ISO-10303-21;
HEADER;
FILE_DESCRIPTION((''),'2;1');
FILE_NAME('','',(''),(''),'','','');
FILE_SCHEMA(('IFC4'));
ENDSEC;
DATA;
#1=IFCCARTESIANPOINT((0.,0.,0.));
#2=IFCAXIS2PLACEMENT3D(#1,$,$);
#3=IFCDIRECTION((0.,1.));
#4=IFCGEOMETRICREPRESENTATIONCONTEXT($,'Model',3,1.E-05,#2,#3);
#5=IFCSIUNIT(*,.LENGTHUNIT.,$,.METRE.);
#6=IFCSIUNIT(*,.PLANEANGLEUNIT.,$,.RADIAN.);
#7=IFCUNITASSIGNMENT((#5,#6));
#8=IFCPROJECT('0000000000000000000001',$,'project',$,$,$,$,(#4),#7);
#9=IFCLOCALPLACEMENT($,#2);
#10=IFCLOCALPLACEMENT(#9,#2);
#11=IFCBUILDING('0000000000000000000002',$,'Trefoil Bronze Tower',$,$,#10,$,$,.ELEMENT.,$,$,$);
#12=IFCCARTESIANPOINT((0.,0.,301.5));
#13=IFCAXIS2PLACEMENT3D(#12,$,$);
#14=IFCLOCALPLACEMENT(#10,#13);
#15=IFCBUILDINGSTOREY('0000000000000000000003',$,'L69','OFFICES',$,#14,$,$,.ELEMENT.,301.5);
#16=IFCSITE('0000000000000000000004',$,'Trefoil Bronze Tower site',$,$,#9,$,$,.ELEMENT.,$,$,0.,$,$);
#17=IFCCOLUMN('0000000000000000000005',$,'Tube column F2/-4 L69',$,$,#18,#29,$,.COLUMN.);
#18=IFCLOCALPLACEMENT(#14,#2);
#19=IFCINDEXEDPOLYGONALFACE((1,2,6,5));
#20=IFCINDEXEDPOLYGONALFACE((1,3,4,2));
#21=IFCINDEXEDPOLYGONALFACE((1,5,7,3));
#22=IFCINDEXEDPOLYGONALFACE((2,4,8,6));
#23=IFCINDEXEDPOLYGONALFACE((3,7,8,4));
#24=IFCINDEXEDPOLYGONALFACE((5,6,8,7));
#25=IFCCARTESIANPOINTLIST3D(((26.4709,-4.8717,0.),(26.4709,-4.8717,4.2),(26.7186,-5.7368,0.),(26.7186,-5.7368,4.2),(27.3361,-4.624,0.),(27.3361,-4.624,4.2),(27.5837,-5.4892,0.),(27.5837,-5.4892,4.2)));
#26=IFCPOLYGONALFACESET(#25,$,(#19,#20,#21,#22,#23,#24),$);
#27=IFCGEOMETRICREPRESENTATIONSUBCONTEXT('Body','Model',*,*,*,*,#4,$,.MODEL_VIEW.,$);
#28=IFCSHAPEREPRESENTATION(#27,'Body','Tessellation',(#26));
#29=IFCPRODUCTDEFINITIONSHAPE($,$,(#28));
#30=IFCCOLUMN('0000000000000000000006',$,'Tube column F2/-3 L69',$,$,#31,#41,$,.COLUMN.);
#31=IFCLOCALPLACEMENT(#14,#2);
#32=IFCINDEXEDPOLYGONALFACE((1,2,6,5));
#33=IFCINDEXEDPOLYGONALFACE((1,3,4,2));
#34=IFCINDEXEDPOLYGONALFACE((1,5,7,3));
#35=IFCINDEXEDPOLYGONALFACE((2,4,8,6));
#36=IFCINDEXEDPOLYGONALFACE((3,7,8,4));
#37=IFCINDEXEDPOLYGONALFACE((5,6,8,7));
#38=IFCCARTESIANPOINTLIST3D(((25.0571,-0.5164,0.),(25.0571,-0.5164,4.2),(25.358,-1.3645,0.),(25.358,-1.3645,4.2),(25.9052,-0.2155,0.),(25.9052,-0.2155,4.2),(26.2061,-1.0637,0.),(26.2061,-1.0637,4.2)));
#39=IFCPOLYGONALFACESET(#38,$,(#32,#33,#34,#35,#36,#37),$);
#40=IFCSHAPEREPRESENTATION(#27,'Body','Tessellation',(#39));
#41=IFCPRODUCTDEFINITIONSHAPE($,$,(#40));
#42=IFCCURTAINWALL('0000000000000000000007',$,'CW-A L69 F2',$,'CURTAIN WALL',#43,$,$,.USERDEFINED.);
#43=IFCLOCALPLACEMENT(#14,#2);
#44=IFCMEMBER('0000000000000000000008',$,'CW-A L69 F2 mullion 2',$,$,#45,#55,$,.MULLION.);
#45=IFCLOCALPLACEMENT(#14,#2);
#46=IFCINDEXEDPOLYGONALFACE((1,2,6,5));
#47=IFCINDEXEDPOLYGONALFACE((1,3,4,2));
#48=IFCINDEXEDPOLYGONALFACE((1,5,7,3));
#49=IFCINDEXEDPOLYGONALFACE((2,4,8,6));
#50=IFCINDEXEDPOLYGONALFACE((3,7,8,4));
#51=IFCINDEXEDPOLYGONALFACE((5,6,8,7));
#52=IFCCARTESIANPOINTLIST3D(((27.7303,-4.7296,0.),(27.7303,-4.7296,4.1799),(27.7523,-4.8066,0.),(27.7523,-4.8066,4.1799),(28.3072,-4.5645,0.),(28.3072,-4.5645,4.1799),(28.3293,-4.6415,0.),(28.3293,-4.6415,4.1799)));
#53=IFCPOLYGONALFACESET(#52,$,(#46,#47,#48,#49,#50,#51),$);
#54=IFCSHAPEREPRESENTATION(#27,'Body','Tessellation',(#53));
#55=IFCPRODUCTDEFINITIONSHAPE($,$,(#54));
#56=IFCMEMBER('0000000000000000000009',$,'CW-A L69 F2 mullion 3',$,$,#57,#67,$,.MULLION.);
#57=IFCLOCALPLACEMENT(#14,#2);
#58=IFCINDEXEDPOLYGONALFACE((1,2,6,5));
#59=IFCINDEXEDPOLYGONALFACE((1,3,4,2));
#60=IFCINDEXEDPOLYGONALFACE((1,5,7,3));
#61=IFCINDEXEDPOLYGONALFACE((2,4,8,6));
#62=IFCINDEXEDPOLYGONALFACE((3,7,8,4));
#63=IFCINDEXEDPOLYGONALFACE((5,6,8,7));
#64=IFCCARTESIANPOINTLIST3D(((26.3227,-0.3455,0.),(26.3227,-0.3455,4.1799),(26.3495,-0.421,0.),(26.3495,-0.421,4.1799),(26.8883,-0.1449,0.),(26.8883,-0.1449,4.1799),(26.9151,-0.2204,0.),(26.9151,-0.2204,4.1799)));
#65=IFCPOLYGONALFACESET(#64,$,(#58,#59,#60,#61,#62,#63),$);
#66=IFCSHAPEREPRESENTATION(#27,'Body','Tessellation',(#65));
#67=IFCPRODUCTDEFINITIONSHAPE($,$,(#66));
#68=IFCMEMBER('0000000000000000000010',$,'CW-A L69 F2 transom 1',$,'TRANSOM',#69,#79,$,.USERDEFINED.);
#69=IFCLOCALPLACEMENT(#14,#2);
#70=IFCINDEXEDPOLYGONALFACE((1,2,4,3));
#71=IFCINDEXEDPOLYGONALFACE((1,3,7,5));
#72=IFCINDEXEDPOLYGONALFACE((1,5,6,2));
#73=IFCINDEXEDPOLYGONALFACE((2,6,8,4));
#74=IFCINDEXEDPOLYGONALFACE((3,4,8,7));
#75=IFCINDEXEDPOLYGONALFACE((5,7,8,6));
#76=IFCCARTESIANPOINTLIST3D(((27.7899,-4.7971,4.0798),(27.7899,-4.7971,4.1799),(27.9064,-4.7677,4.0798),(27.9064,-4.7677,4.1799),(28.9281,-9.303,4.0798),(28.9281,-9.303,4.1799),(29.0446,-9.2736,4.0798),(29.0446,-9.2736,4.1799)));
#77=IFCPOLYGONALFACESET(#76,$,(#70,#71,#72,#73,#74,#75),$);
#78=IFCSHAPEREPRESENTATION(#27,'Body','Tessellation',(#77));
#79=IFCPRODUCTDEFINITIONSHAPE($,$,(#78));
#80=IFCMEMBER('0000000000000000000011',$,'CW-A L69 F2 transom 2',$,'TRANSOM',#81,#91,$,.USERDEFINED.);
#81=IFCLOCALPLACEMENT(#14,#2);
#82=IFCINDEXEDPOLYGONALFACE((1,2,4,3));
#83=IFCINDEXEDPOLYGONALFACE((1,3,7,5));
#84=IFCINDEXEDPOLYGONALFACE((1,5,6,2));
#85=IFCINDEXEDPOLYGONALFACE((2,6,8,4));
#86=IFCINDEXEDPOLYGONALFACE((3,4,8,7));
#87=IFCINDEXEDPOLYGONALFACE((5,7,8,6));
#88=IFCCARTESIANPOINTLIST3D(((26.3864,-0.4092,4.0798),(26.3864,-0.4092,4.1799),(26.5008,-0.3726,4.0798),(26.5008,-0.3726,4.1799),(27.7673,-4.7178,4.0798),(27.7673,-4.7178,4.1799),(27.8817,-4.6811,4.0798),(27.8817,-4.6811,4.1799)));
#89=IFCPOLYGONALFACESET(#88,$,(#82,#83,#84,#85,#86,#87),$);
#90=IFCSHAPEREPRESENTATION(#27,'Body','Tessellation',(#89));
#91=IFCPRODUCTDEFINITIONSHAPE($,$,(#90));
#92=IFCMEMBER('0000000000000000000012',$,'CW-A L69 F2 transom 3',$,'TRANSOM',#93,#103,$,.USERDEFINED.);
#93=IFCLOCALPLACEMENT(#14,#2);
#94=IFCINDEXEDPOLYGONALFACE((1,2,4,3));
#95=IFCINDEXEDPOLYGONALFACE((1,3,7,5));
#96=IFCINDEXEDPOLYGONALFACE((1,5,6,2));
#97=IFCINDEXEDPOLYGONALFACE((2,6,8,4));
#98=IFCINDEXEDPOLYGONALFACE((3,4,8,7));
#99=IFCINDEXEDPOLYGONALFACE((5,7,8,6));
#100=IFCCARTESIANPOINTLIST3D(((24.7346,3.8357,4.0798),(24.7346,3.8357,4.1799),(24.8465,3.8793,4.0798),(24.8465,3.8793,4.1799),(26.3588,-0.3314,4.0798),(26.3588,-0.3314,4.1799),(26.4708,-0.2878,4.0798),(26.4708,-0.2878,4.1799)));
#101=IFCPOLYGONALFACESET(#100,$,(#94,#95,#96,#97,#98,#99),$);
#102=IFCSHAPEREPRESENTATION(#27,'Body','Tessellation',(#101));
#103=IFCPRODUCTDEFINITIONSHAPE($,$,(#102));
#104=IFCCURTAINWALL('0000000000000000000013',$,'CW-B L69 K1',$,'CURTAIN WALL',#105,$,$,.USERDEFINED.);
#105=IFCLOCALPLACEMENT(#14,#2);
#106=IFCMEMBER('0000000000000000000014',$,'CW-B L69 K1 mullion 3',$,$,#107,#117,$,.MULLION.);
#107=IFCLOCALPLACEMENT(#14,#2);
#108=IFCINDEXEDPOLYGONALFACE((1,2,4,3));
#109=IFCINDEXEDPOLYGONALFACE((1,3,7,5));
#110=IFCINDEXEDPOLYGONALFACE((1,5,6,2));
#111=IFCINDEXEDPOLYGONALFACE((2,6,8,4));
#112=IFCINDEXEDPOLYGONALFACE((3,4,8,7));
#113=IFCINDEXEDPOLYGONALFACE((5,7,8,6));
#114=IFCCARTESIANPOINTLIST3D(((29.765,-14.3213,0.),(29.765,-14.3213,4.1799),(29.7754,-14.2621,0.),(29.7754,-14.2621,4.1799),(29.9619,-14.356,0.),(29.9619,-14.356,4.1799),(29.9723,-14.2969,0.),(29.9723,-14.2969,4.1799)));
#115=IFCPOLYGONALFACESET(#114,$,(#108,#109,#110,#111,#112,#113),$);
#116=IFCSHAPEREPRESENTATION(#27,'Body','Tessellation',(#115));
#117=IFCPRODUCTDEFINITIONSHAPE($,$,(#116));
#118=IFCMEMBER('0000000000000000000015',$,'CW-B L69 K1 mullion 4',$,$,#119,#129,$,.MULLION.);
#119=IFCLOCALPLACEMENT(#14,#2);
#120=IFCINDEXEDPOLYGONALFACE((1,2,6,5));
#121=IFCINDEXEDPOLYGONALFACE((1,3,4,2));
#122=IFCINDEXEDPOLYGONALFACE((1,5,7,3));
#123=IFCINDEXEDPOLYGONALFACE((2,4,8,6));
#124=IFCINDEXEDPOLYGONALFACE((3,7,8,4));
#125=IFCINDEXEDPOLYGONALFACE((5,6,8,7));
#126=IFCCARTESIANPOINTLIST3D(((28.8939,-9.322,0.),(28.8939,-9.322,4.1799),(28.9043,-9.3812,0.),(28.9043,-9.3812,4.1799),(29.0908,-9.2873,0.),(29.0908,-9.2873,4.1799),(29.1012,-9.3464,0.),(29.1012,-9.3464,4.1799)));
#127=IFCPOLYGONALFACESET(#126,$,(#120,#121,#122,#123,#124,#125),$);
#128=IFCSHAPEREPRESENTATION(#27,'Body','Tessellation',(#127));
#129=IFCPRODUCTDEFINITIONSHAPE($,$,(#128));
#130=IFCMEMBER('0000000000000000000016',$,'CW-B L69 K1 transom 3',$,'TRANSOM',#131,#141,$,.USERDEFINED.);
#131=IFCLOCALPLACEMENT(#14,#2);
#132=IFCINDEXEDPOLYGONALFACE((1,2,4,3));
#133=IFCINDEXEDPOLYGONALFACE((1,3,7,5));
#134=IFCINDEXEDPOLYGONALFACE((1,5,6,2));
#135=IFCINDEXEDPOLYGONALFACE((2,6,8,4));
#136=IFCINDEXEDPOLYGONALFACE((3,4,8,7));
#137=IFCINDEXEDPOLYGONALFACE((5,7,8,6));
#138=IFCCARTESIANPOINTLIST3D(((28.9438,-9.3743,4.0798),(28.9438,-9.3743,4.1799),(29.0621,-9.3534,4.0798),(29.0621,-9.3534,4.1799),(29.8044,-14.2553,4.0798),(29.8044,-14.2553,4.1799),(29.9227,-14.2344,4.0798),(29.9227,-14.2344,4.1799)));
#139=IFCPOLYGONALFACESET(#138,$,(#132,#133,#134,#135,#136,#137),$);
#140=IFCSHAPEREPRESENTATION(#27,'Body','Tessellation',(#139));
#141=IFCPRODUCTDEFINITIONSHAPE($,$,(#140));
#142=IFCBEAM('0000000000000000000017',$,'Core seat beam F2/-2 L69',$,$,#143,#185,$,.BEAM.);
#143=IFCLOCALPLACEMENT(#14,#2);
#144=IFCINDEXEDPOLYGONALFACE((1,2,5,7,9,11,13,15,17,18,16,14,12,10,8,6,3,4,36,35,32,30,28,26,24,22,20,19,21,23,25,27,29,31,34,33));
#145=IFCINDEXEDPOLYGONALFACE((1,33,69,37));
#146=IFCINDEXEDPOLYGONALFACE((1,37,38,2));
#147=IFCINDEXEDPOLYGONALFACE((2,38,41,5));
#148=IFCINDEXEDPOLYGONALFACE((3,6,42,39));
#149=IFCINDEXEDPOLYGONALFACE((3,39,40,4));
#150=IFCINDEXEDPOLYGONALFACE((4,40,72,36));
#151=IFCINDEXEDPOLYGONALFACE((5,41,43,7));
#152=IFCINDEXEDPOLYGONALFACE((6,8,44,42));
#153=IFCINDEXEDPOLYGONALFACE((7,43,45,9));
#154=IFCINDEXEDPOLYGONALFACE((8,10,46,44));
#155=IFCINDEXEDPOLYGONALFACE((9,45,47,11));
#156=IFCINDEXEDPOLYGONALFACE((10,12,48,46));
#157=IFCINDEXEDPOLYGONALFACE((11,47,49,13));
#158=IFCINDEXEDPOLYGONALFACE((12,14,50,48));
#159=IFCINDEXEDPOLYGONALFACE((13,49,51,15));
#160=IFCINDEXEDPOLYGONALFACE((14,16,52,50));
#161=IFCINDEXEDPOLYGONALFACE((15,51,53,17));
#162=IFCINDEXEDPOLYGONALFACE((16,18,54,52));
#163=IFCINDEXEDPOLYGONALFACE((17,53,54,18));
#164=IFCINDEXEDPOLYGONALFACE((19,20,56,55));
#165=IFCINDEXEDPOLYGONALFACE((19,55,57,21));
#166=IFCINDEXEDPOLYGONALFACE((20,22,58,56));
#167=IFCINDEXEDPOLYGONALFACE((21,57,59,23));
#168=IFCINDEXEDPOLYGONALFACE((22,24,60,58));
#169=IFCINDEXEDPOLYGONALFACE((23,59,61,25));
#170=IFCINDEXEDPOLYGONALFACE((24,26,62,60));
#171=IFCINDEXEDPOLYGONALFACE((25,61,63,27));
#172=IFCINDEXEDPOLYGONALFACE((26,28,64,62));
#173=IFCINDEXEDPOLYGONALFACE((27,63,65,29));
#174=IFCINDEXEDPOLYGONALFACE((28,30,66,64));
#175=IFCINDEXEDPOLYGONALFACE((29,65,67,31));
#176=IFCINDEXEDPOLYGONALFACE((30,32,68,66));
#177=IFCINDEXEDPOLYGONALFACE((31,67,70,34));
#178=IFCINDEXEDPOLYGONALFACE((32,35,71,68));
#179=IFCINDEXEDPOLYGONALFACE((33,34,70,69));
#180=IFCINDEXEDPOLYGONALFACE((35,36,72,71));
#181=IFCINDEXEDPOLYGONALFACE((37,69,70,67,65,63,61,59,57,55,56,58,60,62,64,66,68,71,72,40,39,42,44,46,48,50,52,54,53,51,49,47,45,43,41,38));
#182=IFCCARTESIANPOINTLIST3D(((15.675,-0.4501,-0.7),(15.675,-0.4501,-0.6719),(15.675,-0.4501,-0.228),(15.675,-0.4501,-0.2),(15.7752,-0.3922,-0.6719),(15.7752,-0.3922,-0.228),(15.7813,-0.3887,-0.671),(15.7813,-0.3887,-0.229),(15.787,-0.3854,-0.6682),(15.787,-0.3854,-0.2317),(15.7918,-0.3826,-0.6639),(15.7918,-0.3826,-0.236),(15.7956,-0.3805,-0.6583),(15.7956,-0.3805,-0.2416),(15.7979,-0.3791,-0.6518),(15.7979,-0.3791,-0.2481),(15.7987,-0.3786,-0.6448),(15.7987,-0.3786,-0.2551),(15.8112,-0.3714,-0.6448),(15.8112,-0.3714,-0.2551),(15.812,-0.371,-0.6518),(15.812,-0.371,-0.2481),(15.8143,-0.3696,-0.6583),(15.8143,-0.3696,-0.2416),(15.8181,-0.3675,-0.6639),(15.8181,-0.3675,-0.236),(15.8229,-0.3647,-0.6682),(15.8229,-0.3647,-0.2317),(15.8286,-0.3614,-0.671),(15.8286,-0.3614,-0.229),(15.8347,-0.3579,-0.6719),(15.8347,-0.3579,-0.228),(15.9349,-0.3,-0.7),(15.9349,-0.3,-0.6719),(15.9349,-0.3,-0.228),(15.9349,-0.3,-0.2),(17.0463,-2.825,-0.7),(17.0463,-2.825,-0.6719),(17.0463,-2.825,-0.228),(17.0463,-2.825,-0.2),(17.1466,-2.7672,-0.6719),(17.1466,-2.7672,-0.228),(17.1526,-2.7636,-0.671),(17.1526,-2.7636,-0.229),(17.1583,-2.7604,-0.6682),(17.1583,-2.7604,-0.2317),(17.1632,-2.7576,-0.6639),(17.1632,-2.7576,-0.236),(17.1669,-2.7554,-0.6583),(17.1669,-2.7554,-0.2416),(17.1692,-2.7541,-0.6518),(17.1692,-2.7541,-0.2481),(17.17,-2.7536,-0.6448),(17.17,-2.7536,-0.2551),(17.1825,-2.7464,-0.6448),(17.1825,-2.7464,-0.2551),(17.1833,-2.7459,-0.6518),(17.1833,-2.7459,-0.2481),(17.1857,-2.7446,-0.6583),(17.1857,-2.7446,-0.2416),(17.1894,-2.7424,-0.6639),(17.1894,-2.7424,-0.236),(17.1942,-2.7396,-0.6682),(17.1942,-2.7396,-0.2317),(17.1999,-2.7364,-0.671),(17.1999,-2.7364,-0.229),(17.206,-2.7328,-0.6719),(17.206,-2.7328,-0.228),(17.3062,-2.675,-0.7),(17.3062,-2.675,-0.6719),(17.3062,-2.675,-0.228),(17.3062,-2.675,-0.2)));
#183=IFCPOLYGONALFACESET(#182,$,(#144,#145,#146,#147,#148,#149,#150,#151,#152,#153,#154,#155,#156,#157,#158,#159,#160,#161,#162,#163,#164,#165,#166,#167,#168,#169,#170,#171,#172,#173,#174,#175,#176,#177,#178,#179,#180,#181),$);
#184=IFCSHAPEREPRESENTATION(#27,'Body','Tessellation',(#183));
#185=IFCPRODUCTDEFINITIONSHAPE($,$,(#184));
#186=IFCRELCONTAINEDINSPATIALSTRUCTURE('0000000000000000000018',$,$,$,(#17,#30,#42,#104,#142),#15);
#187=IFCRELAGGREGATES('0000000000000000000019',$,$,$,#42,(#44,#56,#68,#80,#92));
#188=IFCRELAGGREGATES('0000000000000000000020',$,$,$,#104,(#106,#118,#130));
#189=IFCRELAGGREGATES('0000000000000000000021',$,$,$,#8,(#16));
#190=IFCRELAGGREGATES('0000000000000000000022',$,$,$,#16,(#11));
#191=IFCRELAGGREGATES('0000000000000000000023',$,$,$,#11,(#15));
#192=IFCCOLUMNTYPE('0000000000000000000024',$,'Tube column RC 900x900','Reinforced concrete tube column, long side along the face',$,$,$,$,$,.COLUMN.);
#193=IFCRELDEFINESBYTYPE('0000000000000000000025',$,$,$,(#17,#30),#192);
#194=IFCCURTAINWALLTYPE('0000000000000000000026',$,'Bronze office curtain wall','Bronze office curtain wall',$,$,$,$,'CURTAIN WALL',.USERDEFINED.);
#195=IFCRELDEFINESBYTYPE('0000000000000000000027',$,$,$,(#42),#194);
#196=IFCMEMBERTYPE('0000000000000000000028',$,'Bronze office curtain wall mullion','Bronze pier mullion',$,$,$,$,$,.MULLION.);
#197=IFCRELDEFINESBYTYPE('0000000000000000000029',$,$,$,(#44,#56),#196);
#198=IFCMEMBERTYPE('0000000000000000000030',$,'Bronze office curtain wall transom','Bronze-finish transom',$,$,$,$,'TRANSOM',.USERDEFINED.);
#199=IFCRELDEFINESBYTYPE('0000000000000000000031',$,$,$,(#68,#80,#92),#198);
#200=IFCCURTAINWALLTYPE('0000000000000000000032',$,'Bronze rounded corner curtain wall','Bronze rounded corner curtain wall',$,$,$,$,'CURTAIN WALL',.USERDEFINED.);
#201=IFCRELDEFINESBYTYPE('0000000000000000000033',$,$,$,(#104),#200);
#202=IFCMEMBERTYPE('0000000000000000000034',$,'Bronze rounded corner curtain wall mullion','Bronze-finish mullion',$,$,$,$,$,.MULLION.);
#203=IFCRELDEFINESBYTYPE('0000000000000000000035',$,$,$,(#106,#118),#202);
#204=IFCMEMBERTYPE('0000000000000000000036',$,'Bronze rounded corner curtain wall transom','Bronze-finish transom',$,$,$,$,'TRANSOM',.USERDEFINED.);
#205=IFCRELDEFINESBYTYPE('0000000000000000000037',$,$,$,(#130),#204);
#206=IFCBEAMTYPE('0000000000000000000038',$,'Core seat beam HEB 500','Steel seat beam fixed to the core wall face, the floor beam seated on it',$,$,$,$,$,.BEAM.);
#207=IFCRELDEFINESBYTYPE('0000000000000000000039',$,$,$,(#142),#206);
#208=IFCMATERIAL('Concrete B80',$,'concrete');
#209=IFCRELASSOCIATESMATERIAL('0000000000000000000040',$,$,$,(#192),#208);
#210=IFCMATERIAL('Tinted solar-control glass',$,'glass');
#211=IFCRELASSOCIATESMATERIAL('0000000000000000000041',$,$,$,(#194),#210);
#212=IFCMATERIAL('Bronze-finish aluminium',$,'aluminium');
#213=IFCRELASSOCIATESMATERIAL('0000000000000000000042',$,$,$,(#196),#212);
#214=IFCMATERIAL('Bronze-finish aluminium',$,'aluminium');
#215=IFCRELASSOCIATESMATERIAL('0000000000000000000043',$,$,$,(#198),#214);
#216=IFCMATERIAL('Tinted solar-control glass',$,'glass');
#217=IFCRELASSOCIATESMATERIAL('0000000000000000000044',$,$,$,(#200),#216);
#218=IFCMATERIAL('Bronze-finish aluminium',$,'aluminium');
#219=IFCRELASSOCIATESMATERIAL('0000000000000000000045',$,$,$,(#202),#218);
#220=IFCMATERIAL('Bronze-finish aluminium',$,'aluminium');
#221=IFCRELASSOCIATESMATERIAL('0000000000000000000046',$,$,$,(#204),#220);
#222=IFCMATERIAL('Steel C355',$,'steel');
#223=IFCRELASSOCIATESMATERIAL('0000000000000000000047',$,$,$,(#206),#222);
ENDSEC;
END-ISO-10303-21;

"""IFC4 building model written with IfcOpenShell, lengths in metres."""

from ifc_helpers import new_model, si_unit, direction, frame, origin, origin_2d, place, context, subcontext, project, spatial, rectangle, i_section, extrude, material, material_profile, profile_set, type_object, element, aggregate, save


model = new_model("IFC4")

# Units and contexts
model_context = context("Model", 3, precision=1e-05, world=origin(), true_north=direction((0.0, 1.0)))
body_context = subcontext(model_context, "Body", "Model", "MODEL_VIEW")
ifc_project = project(units=[si_unit("LENGTHUNIT", "METRE"), si_unit("PLANEANGLEUNIT", "RADIAN")], contexts=[model_context])

# Site, building, storey
site_placement = place(None, origin())
site = spatial("IfcSite", under=ifc_project, at=site_placement, Name="Trefoil Bronze Tower site", CompositionType="ELEMENT", RefElevation=0.0)
building_placement = place(site_placement, origin())
building = spatial("IfcBuilding", under=site, at=building_placement, Name="Trefoil Bronze Tower", CompositionType="ELEMENT")
storey_placement = place(building_placement, frame((0.0, 0.0, 301.5)))
storey = spatial("IfcBuildingStorey", under=building, at=storey_placement, Name="L69", Description="OFFICES", CompositionType="ELEMENT", Elevation=301.5)

# Columns
ifc_material_1 = material(Name="Concrete B80", Category="concrete")
ifc_material_profile_1 = material_profile(ifc_material_1, rectangle(XDim=0.8999, YDim=0.8999, at=origin_2d()), Name="RC 900x900")
ifc_profile_set_1 = profile_set([ifc_material_profile_1], Name="Concrete B80")
column_type = type_object("IfcColumnType", Name="Tube column RC 900x900", Description="Reinforced concrete tube column, long side along the face", PredefinedType="COLUMN", material=ifc_profile_set_1)
for number, where, z_axis, x_axis, name in (
    (1, (27.0273, -5.1804, 0.0), (0.0, 0.0, 1.0), (-0.275169, 0.961396, 0.0), "Tube column F2/-4 L69"),
    (2, (25.6316, -0.79, 0.0), (0.0, 0.0, 1.0), (-0.334352, 0.942448, 0.0), "Tube column F2/-3 L69"),
):
    element("IfcColumn", number, at=place(storey_placement, frame(where, z_axis=z_axis, x_axis=x_axis)), inside=storey, type_object=column_type, Name=name, PredefinedType="COLUMN", context=body_context, shape_type="SweptSolid", body=[
        extrude(rectangle(XDim=0.8999, YDim=0.8999, at=origin_2d()), origin(), (0.0, 0.0, 1.0), 4.2),
    ])

# Curtain walls, members
ifc_material_2 = material(Name="Tinted solar-control glass", Category="glass")
curtain_wall_type_1 = type_object("IfcCurtainWallType", Name="Bronze office curtain wall", Description="Bronze office curtain wall", ElementType="CURTAIN WALL", PredefinedType="USERDEFINED", material=ifc_material_2)
curtain_wall_1_placement = place(storey_placement, origin())
curtain_wall_1 = element("IfcCurtainWall", 3, at=curtain_wall_1_placement, inside=storey, type_object=curtain_wall_type_1, Name="CW-A L69 F2", ObjectType="CURTAIN WALL", PredefinedType="USERDEFINED")
ifc_material_3 = material(Name="Bronze-finish aluminium", Category="aluminium")
ifc_material_profile_2 = material_profile(ifc_material_3, rectangle(XDim=0.6001, YDim=0.0801, at=origin_2d()), Name="CW-A mullion")
ifc_profile_set_2 = profile_set([ifc_material_profile_2], Name="Bronze-finish aluminium")
member_type_1 = type_object("IfcMemberType", Name="Bronze office curtain wall mullion", Description="Bronze pier mullion", PredefinedType="MULLION", material=ifc_profile_set_2)
member_1_placement = place(storey_placement, frame((28.0298, -4.6855, 0.0), z_axis=(0.0, 0.0, 1.0), x_axis=(-0.961396, -0.275169, 0.0)))
member_1 = element("IfcMember", 4, at=member_1_placement, type_object=member_type_1, Name="CW-A L69 F2 mullion 2", PredefinedType="MULLION", context=body_context, shape_type="SweptSolid", body=[
    extrude(rectangle(XDim=0.6001, YDim=0.0801, at=origin_2d()), origin(), (0.0, 0.0, 1.0), 4.1799),
])
member_2_placement = place(storey_placement, frame((26.6189, -0.283, 0.0), z_axis=(0.0, 0.0, 1.0), x_axis=(-0.942448, -0.334352, 0.0)))
member_2 = element("IfcMember", 5, at=member_2_placement, type_object=member_type_1, Name="CW-A L69 F2 mullion 3", PredefinedType="MULLION", context=body_context, shape_type="SweptSolid", body=[
    extrude(rectangle(XDim=0.6001, YDim=0.0801, at=origin_2d()), origin(), (0.0, 0.0, 1.0), 4.1799),
])
ifc_material_4 = material(Name="Bronze-finish aluminium", Category="aluminium")
ifc_material_profile_3 = material_profile(ifc_material_4, rectangle(XDim=0.1201, YDim=0.1001, at=origin_2d()), Name="CW-A transom")
ifc_profile_set_3 = profile_set([ifc_material_profile_3], Name="Bronze-finish aluminium")
member_type_2 = type_object("IfcMemberType", Name="Bronze office curtain wall transom", Description="Bronze-finish transom", ElementType="TRANSOM", PredefinedType="USERDEFINED", material=ifc_profile_set_3)
member_3_placement = place(storey_placement, frame((28.9863, -9.2883, 4.1299), z_axis=(-0.244908, 0.969546, 0.0), x_axis=(-0.969546, -0.244908, 0.0)))
member_3 = element("IfcMember", 6, at=member_3_placement, type_object=member_type_2, Name="CW-A L69 F2 transom 1", ObjectType="TRANSOM", PredefinedType="USERDEFINED", context=body_context, shape_type="SweptSolid", body=[
    extrude(rectangle(XDim=0.1201, YDim=0.1001, at=origin_2d()), origin(), (0.0, 0.0, 1.0), 4.6475),
])
member_4_placement = place(storey_placement, frame((27.8245, -4.6995, 4.1299), z_axis=(-0.305199, 0.952289, 0.0), x_axis=(-0.952289, -0.305199, 0.0)))
member_4 = element("IfcMember", 7, at=member_4_placement, type_object=member_type_2, Name="CW-A L69 F2 transom 2", ObjectType="TRANSOM", PredefinedType="USERDEFINED", context=body_context, shape_type="SweptSolid", body=[
    extrude(rectangle(XDim=0.1201, YDim=0.1001, at=origin_2d()), origin(), (0.0, 0.0, 1.0), 4.5244),
])
member_5_placement = place(storey_placement, frame((26.4148, -0.3096, 4.1299), z_axis=(-0.363178, 0.93172, 0.0), x_axis=(-0.93172, -0.363178, 0.0)))
member_5 = element("IfcMember", 8, at=member_5_placement, type_object=member_type_2, Name="CW-A L69 F2 transom 3", ObjectType="TRANSOM", PredefinedType="USERDEFINED", context=body_context, shape_type="SweptSolid", body=[
    extrude(rectangle(XDim=0.1201, YDim=0.1001, at=origin_2d()), origin(), (0.0, 0.0, 1.0), 4.4724),
])
ifc_material_5 = material(Name="Tinted solar-control glass", Category="glass")
curtain_wall_type_2 = type_object("IfcCurtainWallType", Name="Bronze rounded corner curtain wall", Description="Bronze rounded corner curtain wall", ElementType="CURTAIN WALL", PredefinedType="USERDEFINED", material=ifc_material_5)
curtain_wall_2_placement = place(storey_placement, origin())
curtain_wall_2 = element("IfcCurtainWall", 9, at=curtain_wall_2_placement, inside=storey, type_object=curtain_wall_type_2, Name="CW-B L69 K1", ObjectType="CURTAIN WALL", PredefinedType="USERDEFINED")
ifc_material_6 = material(Name="Bronze-finish aluminium", Category="aluminium")
ifc_material_profile_4 = material_profile(ifc_material_6, rectangle(XDim=0.2, YDim=0.0601, at=origin_2d()), Name="CW-B mullion")
ifc_profile_set_4 = profile_set([ifc_material_profile_4], Name="Bronze-finish aluminium")
member_type_3 = type_object("IfcMemberType", Name="Bronze rounded corner curtain wall mullion", Description="Bronze-finish mullion", PredefinedType="MULLION", material=ifc_profile_set_4)
member_6_placement = place(storey_placement, frame((29.8687, -14.3091, 0.0), z_axis=(0.0, 0.0, 1.0), x_axis=(-0.984808, 0.173648, 0.0)))
member_6 = element("IfcMember", 10, at=member_6_placement, type_object=member_type_3, Name="CW-B L69 K1 mullion 3", PredefinedType="MULLION", context=body_context, shape_type="SweptSolid", body=[
    extrude(rectangle(XDim=0.2, YDim=0.0601, at=origin_2d()), origin(), (0.0, 0.0, 1.0), 4.1799),
])
member_7_placement = place(storey_placement, frame((28.9976, -9.3342, 0.0), z_axis=(0.0, 0.0, 1.0), x_axis=(-0.984808, -0.173648, 0.0)))
member_7 = element("IfcMember", 11, at=member_7_placement, type_object=member_type_3, Name="CW-B L69 K1 mullion 4", PredefinedType="MULLION", context=body_context, shape_type="SweptSolid", body=[
    extrude(rectangle(XDim=0.2, YDim=0.0601, at=origin_2d()), origin(), (0.0, 0.0, 1.0), 4.1799),
])
ifc_material_7 = material(Name="Bronze-finish aluminium", Category="aluminium")
ifc_material_profile_5 = material_profile(ifc_material_7, rectangle(XDim=0.1201, YDim=0.1001, at=origin_2d()), Name="CW-B transom")
ifc_profile_set_5 = profile_set([ifc_material_profile_5], Name="Bronze-finish aluminium")
member_type_4 = type_object("IfcMemberType", Name="Bronze rounded corner curtain wall transom", Description="Bronze-finish transom", ElementType="TRANSOM", PredefinedType="USERDEFINED", material=ifc_profile_set_5)
member_8_placement = place(storey_placement, frame((29.8635, -14.2449, 4.1299), z_axis=(-0.173634, 0.98481, 0.0), x_axis=(-0.98481, -0.173634, 0.0)))
member_8 = element("IfcMember", 12, at=member_8_placement, type_object=member_type_4, Name="CW-B L69 K1 transom 3", ObjectType="TRANSOM", PredefinedType="USERDEFINED", context=body_context, shape_type="SweptSolid", body=[
    extrude(rectangle(XDim=0.1201, YDim=0.1001, at=origin_2d()), origin(), (0.0, 0.0, 1.0), 4.9563),
])

# Beam
ifc_material_8 = material(Name="Steel C355", Category="steel")
ifc_material_profile_6 = material_profile(ifc_material_8, i_section(OverallWidth=0.3, OverallDepth=0.5, WebThickness=0.0144, FlangeThickness=0.0281, FilletRadius=0.0271, at=origin_2d()), Name="HEB 500")
ifc_profile_set_6 = profile_set([ifc_material_profile_6], Name="Steel C355")
beam_type_1 = type_object("IfcBeamType", Name="Core seat beam HEB 500", Description="Steel seat beam fixed to the core wall face, the floor beam seated on it", PredefinedType="BEAM", material=ifc_profile_set_6)
beam_1_placement = place(storey_placement, frame((17.1763, -2.75, -0.45), z_axis=(-0.500036, 0.866005, 0.0), x_axis=(-0.866005, -0.500036, 0.0)))
element("IfcBeam", 13, at=beam_1_placement, inside=storey, type_object=beam_type_1, Name="Core seat beam F2/-2 L69", PredefinedType="BEAM", context=body_context, shape_type="SweptSolid", body=[
    extrude(i_section(OverallWidth=0.3, OverallDepth=0.5, WebThickness=0.0144, FlangeThickness=0.0281, FilletRadius=0.0271, at=origin_2d()), origin(), (0.0, 0.0, 1.0), 2.7424),
])

aggregate(curtain_wall_1, [member_1, member_2, member_3, member_4, member_5])
aggregate(curtain_wall_2, [member_6, member_7, member_8])

save(model, "model.ifc")
